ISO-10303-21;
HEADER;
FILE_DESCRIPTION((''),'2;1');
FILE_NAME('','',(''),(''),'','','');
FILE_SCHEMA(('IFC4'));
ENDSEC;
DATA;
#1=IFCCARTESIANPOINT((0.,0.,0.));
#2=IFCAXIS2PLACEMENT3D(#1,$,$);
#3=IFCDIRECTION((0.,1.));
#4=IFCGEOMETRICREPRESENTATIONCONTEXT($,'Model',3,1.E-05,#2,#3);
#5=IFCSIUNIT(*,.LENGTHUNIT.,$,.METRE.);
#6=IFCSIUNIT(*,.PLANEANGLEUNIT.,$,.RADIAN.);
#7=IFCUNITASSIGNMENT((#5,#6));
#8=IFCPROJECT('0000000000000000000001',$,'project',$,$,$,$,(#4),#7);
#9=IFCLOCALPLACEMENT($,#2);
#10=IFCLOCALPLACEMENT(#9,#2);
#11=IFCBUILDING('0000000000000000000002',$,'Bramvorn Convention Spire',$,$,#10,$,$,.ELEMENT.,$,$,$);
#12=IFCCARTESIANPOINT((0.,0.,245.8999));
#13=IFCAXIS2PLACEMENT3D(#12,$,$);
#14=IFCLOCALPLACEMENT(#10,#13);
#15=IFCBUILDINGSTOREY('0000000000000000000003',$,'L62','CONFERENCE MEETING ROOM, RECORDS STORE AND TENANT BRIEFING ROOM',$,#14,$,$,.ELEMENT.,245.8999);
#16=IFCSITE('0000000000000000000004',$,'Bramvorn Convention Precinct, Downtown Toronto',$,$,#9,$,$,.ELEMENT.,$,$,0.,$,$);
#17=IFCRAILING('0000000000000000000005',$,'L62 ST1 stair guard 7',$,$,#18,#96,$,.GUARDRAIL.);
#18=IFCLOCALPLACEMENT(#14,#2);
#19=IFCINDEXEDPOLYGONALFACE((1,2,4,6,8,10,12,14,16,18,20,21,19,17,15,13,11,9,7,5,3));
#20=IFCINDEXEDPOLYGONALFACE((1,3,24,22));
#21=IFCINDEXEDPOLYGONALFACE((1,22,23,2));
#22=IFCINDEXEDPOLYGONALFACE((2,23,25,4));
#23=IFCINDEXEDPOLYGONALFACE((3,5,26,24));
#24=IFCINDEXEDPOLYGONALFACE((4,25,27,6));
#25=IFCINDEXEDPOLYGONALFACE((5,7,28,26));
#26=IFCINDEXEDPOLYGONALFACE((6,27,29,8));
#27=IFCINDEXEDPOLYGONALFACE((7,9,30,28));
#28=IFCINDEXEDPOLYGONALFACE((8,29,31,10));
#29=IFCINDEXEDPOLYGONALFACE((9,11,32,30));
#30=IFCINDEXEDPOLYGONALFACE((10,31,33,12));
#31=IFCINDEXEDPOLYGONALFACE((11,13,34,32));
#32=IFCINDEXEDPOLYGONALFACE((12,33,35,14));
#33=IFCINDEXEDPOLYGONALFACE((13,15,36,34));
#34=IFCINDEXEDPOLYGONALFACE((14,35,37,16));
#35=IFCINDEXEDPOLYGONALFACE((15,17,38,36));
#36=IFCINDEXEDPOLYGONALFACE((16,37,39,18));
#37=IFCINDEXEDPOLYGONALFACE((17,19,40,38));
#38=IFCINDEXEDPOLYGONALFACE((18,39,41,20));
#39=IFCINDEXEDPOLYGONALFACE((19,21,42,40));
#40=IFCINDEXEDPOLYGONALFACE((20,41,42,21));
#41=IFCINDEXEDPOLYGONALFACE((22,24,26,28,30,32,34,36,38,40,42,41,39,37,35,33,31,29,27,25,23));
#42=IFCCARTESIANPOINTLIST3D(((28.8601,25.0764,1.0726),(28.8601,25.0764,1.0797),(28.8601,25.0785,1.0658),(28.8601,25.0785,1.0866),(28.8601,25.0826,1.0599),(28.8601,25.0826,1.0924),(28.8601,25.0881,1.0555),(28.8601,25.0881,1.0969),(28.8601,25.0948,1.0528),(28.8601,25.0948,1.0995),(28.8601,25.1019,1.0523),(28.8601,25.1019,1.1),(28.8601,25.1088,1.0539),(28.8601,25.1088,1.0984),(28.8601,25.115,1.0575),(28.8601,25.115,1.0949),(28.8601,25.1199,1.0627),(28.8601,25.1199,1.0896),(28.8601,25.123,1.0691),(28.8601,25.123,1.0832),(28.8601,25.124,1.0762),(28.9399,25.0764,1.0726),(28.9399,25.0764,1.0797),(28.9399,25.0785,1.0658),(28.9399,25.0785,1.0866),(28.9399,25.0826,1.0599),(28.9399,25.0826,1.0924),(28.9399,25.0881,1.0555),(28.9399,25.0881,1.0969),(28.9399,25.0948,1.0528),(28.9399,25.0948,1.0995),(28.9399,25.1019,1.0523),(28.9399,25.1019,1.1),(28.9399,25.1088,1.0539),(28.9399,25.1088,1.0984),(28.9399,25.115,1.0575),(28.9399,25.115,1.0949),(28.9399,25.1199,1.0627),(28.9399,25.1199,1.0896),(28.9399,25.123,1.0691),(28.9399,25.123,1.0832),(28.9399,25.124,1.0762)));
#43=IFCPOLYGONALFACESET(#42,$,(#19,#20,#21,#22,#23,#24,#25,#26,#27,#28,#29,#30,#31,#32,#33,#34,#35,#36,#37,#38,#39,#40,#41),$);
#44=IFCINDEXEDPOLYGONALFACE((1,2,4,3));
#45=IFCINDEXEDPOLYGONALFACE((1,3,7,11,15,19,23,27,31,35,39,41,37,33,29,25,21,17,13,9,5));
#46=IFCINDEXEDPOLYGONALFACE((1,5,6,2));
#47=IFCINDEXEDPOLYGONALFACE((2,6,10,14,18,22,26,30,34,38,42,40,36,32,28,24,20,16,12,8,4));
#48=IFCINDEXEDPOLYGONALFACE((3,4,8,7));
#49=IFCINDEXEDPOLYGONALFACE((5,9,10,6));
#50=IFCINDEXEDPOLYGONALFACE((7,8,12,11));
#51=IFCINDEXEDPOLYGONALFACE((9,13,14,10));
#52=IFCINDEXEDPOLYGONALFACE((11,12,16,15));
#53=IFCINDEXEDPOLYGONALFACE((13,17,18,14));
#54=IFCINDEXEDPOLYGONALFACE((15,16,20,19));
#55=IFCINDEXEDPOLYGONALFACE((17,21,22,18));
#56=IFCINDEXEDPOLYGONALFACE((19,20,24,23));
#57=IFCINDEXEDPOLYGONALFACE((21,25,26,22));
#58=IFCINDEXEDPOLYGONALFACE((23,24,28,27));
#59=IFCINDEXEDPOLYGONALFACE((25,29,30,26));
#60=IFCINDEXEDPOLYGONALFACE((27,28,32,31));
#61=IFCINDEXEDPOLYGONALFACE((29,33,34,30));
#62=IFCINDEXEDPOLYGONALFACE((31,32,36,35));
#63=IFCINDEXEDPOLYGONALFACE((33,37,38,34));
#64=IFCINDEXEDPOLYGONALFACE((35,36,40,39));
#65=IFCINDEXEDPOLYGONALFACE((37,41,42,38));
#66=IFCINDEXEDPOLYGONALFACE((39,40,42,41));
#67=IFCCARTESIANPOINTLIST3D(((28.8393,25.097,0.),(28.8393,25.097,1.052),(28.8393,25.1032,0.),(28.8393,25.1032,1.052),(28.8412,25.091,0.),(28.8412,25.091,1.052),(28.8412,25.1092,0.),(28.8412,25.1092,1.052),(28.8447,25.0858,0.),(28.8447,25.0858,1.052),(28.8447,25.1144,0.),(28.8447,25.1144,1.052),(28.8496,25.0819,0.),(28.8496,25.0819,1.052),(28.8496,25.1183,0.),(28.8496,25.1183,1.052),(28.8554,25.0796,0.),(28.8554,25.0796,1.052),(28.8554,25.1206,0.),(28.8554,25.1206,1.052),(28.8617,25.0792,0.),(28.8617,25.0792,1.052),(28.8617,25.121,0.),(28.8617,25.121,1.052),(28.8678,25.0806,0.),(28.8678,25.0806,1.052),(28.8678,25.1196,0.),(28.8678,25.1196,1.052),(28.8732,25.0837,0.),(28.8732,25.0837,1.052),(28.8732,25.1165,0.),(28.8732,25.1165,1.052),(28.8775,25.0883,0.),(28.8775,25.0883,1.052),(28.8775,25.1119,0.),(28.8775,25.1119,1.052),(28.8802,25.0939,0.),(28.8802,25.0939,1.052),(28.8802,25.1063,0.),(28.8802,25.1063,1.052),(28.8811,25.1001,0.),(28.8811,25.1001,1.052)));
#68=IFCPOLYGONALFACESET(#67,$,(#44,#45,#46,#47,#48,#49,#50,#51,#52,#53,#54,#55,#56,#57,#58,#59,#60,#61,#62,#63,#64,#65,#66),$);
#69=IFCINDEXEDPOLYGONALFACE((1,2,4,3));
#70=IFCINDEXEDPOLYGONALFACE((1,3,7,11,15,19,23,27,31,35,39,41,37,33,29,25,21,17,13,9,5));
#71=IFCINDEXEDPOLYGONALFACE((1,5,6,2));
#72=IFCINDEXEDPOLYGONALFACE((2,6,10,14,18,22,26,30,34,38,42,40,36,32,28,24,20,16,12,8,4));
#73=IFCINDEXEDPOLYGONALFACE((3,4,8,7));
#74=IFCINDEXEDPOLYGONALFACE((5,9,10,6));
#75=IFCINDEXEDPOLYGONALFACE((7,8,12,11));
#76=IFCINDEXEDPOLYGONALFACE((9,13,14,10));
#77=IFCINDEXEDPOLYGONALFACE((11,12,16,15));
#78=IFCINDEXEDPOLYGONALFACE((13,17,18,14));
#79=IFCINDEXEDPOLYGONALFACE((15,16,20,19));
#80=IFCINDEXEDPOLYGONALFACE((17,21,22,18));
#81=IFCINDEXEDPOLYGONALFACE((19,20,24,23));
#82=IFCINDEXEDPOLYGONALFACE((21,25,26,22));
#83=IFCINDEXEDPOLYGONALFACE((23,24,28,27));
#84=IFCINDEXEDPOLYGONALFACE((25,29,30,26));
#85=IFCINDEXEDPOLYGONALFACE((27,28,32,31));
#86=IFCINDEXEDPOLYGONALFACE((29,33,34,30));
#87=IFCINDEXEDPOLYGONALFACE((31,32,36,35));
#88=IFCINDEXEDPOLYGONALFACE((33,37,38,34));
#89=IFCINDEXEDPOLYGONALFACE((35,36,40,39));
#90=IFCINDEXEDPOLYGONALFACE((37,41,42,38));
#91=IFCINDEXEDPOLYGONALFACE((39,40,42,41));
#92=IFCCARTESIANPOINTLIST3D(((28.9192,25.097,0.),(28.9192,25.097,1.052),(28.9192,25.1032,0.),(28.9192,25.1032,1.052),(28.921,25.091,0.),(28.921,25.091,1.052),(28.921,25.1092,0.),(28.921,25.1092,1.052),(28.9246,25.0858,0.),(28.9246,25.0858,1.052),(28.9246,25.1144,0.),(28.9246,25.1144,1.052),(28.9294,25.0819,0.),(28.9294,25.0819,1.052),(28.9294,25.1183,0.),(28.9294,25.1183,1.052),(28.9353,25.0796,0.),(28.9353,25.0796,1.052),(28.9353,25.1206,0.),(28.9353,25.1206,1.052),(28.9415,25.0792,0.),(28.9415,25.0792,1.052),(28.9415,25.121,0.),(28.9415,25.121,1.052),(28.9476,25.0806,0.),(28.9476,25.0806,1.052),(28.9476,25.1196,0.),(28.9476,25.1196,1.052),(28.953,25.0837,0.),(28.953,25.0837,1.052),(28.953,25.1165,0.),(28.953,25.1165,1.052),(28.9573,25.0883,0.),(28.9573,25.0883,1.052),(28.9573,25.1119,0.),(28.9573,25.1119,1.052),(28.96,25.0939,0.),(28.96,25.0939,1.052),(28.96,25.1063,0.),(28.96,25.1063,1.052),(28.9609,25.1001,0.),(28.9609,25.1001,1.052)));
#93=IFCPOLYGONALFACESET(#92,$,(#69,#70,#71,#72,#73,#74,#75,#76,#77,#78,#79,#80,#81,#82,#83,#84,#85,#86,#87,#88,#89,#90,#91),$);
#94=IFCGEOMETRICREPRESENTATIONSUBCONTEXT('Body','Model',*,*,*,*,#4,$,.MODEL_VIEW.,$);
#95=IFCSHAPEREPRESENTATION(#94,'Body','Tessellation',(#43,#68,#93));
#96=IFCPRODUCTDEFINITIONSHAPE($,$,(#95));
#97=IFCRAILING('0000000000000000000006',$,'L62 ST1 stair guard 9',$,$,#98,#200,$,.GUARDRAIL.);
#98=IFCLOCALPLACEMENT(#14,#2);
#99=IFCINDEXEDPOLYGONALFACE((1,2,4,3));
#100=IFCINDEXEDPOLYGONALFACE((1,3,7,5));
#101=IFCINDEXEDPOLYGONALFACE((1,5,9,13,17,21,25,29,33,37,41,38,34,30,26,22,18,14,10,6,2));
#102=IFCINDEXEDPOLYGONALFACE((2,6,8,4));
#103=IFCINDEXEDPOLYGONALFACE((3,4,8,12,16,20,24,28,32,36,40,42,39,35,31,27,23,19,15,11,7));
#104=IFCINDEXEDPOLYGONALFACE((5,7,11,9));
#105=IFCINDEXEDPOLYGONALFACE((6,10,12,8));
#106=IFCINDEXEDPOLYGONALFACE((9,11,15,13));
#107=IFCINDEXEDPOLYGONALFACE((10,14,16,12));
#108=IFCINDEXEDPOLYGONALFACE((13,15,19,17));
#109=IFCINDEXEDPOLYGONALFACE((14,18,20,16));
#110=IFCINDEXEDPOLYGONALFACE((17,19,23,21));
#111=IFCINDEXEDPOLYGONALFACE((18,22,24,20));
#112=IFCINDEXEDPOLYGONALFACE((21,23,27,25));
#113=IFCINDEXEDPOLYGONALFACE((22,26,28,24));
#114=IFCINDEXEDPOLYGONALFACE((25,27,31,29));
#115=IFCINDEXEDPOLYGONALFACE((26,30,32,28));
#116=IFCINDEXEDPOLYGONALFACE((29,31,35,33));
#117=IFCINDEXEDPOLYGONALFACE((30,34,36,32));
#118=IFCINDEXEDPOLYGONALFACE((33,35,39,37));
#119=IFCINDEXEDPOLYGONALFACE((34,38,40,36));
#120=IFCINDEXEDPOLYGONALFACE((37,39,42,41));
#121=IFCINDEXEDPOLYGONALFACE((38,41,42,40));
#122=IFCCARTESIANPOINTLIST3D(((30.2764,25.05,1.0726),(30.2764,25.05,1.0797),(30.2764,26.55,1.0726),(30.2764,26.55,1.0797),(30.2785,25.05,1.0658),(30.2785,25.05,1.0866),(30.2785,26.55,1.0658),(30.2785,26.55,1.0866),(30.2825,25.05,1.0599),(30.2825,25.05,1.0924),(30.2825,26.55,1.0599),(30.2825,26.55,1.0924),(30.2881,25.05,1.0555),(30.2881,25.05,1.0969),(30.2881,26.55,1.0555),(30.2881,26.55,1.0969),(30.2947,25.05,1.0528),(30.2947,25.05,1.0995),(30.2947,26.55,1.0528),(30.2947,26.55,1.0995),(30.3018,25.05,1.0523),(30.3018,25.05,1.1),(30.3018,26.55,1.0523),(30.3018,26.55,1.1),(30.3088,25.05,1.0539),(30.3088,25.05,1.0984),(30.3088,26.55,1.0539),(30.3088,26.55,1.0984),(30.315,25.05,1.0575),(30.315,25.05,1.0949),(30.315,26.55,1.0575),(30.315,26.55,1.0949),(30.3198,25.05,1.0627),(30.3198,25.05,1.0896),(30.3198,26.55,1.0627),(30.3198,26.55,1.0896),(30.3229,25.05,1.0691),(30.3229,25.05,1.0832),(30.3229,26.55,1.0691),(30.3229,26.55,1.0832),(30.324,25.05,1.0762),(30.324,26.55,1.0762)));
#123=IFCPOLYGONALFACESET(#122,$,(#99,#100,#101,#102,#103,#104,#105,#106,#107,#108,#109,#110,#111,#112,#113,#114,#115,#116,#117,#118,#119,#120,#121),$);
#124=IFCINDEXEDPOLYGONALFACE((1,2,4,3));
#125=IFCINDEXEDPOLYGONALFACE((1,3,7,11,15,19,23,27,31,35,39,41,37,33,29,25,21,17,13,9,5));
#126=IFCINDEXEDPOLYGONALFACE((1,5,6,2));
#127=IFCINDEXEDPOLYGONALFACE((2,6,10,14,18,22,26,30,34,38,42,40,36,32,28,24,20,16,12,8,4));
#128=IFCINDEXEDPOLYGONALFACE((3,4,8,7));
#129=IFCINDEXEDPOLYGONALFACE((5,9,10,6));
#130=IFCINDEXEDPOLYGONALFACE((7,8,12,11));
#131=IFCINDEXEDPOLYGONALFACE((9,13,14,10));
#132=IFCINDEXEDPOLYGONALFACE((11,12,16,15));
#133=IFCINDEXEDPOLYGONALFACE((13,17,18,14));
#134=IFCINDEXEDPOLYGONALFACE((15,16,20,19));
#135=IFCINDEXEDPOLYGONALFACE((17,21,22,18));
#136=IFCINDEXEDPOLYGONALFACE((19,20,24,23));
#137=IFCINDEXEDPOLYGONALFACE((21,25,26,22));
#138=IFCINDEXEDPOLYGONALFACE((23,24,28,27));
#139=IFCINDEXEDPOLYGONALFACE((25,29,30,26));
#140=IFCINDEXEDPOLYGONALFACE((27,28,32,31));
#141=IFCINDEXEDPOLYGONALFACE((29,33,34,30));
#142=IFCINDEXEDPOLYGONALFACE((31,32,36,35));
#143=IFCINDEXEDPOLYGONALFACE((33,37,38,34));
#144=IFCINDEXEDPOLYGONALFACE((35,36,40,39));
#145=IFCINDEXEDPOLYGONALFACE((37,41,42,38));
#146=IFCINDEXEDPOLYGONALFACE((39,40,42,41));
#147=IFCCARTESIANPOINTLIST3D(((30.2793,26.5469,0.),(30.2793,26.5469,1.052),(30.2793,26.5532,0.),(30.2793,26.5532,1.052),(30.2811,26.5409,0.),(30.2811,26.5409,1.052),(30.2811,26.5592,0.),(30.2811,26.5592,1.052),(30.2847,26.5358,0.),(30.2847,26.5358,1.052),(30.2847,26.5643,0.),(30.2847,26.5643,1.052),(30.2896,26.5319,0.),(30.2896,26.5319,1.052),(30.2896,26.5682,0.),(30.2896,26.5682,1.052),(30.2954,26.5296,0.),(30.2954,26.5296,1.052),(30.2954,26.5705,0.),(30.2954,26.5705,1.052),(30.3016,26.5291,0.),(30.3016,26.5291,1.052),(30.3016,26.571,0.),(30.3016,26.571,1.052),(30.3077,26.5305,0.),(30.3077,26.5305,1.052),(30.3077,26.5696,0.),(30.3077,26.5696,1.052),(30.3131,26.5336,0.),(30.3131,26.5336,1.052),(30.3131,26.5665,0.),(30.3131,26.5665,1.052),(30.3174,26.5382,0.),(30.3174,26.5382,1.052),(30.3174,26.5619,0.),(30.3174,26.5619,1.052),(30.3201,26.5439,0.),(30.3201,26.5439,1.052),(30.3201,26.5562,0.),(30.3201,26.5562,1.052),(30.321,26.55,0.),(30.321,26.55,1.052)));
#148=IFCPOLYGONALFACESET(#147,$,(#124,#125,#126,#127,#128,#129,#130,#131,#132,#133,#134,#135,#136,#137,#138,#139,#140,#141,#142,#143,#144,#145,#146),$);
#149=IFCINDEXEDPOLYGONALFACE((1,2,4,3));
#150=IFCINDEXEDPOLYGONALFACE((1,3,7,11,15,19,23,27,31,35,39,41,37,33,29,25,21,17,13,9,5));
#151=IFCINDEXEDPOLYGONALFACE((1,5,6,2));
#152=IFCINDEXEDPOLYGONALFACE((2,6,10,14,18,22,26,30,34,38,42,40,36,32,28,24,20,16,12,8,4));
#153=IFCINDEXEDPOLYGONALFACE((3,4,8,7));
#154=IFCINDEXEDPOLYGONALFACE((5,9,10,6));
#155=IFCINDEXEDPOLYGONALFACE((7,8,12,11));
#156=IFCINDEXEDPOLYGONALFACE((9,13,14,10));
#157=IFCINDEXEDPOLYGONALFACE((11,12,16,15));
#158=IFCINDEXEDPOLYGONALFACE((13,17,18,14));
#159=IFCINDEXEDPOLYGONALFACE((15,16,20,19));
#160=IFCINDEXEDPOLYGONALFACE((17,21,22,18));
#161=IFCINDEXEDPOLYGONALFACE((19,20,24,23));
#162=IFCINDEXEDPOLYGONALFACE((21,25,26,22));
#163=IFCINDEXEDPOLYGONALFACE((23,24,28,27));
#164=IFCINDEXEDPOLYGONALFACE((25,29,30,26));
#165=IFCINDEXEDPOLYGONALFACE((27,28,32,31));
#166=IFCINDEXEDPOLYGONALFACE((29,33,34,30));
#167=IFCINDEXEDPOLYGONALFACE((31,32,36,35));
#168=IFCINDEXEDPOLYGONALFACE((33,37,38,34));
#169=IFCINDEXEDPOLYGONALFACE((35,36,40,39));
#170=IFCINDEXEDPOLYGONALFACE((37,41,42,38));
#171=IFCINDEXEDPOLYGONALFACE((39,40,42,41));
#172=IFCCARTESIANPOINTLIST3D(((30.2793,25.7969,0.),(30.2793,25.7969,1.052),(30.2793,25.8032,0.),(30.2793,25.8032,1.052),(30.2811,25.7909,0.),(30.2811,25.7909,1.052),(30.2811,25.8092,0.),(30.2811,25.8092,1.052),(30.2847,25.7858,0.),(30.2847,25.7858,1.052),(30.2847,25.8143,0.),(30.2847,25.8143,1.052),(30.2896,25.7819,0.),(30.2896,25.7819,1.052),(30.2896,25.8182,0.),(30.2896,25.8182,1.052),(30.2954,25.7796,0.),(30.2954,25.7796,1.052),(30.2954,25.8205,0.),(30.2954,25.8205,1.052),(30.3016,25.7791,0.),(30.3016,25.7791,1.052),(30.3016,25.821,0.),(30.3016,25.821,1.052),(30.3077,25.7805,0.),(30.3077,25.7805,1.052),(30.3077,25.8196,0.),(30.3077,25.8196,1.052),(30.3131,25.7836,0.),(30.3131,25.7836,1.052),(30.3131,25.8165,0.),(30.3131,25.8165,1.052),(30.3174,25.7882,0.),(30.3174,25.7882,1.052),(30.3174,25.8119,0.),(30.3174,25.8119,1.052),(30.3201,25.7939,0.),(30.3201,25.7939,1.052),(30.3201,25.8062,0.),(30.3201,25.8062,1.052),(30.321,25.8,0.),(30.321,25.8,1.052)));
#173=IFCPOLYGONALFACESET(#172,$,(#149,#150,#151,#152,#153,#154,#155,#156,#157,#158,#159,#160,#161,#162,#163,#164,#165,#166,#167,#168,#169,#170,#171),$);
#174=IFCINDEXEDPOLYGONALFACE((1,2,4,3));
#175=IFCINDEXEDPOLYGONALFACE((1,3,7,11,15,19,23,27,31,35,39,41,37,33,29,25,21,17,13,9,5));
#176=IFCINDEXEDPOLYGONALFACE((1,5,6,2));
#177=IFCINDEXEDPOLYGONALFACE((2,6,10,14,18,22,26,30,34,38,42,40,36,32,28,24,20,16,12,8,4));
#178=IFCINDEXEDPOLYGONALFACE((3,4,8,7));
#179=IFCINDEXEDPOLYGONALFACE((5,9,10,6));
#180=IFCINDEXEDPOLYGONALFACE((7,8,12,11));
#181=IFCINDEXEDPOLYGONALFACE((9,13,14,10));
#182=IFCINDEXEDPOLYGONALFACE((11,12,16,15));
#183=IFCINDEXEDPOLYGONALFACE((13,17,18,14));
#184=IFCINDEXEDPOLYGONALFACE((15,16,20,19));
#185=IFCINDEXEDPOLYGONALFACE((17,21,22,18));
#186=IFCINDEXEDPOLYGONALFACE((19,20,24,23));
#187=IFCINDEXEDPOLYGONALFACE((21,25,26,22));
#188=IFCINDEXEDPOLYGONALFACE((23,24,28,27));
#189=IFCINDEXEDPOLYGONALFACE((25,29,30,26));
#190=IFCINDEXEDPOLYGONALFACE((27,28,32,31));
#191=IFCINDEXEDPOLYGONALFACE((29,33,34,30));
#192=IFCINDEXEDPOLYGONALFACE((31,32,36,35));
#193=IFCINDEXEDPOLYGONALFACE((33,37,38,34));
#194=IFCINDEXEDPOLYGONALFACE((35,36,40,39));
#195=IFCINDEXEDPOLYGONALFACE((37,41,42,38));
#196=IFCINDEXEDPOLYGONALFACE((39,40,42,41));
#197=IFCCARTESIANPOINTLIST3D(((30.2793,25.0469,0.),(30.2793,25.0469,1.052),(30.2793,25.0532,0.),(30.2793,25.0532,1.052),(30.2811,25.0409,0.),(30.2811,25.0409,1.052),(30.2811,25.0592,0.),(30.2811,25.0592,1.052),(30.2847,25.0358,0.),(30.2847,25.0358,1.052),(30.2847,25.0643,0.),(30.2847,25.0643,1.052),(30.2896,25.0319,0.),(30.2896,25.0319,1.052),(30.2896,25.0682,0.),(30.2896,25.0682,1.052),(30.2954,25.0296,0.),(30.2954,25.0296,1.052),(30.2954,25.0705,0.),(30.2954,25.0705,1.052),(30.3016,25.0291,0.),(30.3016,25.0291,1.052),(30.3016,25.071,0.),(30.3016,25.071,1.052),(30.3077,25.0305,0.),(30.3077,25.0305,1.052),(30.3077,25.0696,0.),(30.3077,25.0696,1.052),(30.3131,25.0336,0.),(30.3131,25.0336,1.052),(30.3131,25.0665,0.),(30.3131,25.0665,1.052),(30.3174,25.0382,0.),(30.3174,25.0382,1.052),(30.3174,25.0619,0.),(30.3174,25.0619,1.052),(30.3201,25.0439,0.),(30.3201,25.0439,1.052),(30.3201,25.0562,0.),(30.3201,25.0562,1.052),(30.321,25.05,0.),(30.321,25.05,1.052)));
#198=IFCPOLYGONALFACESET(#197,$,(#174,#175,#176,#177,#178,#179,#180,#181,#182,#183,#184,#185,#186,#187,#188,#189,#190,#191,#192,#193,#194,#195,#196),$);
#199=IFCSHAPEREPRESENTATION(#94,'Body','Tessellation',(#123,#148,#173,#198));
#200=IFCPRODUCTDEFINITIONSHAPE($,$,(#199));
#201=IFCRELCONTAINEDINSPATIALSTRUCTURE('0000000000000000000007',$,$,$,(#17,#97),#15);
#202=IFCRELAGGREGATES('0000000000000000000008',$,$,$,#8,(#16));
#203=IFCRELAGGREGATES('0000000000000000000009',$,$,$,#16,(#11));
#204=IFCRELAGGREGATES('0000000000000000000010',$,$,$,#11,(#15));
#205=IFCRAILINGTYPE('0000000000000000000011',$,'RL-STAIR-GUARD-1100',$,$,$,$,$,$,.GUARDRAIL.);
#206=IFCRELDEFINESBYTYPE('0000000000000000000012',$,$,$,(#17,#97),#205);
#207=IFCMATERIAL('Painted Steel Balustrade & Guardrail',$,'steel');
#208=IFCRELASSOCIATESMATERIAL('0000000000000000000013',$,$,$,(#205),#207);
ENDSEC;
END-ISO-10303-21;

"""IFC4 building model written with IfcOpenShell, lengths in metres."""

from ifc_helpers import new_model, si_unit, direction, frame, origin, origin_2d, place, context, subcontext, project, spatial, circle, extrude, material, type_object, element, save


model = new_model("IFC4")

# Units and contexts
model_context = context("Model", 3, precision=1e-05, world=origin(), true_north=direction((0.0, 1.0)))
body_context = subcontext(model_context, "Body", "Model", "MODEL_VIEW")
ifc_project = project(units=[si_unit("LENGTHUNIT", "METRE"), si_unit("PLANEANGLEUNIT", "RADIAN")], contexts=[model_context])

# Site, building, storey
site_placement = place(None, origin())
site = spatial("IfcSite", under=ifc_project, at=site_placement, Name="Bramvorn Convention Precinct, Downtown Toronto", CompositionType="ELEMENT", RefElevation=0.0)
building_placement = place(site_placement, origin())
building = spatial("IfcBuilding", under=site, at=building_placement, Name="Bramvorn Convention Spire", CompositionType="ELEMENT")
storey_placement = place(building_placement, frame((0.0, 0.0, 245.8999)))
storey = spatial("IfcBuildingStorey", under=building, at=storey_placement, Name="L62", Description="CONFERENCE MEETING ROOM, RECORDS STORE AND TENANT BRIEFING ROOM", CompositionType="ELEMENT", Elevation=245.8999)

# Railings
ifc_material_1 = material(Name="Painted Steel Balustrade & Guardrail", Category="steel")
railing_type_1 = type_object("IfcRailingType", Name="RL-STAIR-GUARD-1100", PredefinedType="GUARDRAIL", material=ifc_material_1)
railing_1_placement = place(storey_placement, frame((28.8601, 25.1001, 0.0)))
element("IfcRailing", 1, at=railing_1_placement, inside=storey, type_object=railing_type_1, Name="L62 ST1 stair guard 7", PredefinedType="GUARDRAIL", context=body_context, shape_type="SweptSolid", body=[
    extrude(circle(Radius=0.0239, at=origin_2d()), frame((0.0, 0.0, 1.0762), z_axis=(1.0, 0.0, 0.0), x_axis=(0.0, 1.0, 0.0)), (0.0, 0.0, 1.0), 0.0798),
    extrude(circle(Radius=0.021, at=origin_2d()), origin(), (0.0, 0.0, 1.0), 1.052),
    extrude(circle(Radius=0.021, at=origin_2d()), frame((0.0798, 0.0, 0.0)), (0.0, 0.0, 1.0), 1.052),
])
railing_2_placement = place(storey_placement, frame((30.3, 26.55, 0.0)))
element("IfcRailing", 2, at=railing_2_placement, inside=storey, type_object=railing_type_1, Name="L62 ST1 stair guard 9", PredefinedType="GUARDRAIL", context=body_context, shape_type="SweptSolid", body=[
    extrude(circle(Radius=0.0239, at=origin_2d()), frame((0.0, 0.0, 1.0762), z_axis=(0.0, -1.0, 0.0), x_axis=(1.0, 0.0, 0.0)), (0.0, 0.0, 1.0), 1.5),
    extrude(circle(Radius=0.021, at=origin_2d()), origin(), (0.0, 0.0, 1.0), 1.052),
    extrude(circle(Radius=0.021, at=origin_2d()), frame((0.0, -0.75, 0.0)), (0.0, 0.0, 1.0), 1.052),
    extrude(circle(Radius=0.021, at=origin_2d()), frame((0.0, -1.5, 0.0)), (0.0, 0.0, 1.0), 1.052),
])

save(model, "model.ifc")
